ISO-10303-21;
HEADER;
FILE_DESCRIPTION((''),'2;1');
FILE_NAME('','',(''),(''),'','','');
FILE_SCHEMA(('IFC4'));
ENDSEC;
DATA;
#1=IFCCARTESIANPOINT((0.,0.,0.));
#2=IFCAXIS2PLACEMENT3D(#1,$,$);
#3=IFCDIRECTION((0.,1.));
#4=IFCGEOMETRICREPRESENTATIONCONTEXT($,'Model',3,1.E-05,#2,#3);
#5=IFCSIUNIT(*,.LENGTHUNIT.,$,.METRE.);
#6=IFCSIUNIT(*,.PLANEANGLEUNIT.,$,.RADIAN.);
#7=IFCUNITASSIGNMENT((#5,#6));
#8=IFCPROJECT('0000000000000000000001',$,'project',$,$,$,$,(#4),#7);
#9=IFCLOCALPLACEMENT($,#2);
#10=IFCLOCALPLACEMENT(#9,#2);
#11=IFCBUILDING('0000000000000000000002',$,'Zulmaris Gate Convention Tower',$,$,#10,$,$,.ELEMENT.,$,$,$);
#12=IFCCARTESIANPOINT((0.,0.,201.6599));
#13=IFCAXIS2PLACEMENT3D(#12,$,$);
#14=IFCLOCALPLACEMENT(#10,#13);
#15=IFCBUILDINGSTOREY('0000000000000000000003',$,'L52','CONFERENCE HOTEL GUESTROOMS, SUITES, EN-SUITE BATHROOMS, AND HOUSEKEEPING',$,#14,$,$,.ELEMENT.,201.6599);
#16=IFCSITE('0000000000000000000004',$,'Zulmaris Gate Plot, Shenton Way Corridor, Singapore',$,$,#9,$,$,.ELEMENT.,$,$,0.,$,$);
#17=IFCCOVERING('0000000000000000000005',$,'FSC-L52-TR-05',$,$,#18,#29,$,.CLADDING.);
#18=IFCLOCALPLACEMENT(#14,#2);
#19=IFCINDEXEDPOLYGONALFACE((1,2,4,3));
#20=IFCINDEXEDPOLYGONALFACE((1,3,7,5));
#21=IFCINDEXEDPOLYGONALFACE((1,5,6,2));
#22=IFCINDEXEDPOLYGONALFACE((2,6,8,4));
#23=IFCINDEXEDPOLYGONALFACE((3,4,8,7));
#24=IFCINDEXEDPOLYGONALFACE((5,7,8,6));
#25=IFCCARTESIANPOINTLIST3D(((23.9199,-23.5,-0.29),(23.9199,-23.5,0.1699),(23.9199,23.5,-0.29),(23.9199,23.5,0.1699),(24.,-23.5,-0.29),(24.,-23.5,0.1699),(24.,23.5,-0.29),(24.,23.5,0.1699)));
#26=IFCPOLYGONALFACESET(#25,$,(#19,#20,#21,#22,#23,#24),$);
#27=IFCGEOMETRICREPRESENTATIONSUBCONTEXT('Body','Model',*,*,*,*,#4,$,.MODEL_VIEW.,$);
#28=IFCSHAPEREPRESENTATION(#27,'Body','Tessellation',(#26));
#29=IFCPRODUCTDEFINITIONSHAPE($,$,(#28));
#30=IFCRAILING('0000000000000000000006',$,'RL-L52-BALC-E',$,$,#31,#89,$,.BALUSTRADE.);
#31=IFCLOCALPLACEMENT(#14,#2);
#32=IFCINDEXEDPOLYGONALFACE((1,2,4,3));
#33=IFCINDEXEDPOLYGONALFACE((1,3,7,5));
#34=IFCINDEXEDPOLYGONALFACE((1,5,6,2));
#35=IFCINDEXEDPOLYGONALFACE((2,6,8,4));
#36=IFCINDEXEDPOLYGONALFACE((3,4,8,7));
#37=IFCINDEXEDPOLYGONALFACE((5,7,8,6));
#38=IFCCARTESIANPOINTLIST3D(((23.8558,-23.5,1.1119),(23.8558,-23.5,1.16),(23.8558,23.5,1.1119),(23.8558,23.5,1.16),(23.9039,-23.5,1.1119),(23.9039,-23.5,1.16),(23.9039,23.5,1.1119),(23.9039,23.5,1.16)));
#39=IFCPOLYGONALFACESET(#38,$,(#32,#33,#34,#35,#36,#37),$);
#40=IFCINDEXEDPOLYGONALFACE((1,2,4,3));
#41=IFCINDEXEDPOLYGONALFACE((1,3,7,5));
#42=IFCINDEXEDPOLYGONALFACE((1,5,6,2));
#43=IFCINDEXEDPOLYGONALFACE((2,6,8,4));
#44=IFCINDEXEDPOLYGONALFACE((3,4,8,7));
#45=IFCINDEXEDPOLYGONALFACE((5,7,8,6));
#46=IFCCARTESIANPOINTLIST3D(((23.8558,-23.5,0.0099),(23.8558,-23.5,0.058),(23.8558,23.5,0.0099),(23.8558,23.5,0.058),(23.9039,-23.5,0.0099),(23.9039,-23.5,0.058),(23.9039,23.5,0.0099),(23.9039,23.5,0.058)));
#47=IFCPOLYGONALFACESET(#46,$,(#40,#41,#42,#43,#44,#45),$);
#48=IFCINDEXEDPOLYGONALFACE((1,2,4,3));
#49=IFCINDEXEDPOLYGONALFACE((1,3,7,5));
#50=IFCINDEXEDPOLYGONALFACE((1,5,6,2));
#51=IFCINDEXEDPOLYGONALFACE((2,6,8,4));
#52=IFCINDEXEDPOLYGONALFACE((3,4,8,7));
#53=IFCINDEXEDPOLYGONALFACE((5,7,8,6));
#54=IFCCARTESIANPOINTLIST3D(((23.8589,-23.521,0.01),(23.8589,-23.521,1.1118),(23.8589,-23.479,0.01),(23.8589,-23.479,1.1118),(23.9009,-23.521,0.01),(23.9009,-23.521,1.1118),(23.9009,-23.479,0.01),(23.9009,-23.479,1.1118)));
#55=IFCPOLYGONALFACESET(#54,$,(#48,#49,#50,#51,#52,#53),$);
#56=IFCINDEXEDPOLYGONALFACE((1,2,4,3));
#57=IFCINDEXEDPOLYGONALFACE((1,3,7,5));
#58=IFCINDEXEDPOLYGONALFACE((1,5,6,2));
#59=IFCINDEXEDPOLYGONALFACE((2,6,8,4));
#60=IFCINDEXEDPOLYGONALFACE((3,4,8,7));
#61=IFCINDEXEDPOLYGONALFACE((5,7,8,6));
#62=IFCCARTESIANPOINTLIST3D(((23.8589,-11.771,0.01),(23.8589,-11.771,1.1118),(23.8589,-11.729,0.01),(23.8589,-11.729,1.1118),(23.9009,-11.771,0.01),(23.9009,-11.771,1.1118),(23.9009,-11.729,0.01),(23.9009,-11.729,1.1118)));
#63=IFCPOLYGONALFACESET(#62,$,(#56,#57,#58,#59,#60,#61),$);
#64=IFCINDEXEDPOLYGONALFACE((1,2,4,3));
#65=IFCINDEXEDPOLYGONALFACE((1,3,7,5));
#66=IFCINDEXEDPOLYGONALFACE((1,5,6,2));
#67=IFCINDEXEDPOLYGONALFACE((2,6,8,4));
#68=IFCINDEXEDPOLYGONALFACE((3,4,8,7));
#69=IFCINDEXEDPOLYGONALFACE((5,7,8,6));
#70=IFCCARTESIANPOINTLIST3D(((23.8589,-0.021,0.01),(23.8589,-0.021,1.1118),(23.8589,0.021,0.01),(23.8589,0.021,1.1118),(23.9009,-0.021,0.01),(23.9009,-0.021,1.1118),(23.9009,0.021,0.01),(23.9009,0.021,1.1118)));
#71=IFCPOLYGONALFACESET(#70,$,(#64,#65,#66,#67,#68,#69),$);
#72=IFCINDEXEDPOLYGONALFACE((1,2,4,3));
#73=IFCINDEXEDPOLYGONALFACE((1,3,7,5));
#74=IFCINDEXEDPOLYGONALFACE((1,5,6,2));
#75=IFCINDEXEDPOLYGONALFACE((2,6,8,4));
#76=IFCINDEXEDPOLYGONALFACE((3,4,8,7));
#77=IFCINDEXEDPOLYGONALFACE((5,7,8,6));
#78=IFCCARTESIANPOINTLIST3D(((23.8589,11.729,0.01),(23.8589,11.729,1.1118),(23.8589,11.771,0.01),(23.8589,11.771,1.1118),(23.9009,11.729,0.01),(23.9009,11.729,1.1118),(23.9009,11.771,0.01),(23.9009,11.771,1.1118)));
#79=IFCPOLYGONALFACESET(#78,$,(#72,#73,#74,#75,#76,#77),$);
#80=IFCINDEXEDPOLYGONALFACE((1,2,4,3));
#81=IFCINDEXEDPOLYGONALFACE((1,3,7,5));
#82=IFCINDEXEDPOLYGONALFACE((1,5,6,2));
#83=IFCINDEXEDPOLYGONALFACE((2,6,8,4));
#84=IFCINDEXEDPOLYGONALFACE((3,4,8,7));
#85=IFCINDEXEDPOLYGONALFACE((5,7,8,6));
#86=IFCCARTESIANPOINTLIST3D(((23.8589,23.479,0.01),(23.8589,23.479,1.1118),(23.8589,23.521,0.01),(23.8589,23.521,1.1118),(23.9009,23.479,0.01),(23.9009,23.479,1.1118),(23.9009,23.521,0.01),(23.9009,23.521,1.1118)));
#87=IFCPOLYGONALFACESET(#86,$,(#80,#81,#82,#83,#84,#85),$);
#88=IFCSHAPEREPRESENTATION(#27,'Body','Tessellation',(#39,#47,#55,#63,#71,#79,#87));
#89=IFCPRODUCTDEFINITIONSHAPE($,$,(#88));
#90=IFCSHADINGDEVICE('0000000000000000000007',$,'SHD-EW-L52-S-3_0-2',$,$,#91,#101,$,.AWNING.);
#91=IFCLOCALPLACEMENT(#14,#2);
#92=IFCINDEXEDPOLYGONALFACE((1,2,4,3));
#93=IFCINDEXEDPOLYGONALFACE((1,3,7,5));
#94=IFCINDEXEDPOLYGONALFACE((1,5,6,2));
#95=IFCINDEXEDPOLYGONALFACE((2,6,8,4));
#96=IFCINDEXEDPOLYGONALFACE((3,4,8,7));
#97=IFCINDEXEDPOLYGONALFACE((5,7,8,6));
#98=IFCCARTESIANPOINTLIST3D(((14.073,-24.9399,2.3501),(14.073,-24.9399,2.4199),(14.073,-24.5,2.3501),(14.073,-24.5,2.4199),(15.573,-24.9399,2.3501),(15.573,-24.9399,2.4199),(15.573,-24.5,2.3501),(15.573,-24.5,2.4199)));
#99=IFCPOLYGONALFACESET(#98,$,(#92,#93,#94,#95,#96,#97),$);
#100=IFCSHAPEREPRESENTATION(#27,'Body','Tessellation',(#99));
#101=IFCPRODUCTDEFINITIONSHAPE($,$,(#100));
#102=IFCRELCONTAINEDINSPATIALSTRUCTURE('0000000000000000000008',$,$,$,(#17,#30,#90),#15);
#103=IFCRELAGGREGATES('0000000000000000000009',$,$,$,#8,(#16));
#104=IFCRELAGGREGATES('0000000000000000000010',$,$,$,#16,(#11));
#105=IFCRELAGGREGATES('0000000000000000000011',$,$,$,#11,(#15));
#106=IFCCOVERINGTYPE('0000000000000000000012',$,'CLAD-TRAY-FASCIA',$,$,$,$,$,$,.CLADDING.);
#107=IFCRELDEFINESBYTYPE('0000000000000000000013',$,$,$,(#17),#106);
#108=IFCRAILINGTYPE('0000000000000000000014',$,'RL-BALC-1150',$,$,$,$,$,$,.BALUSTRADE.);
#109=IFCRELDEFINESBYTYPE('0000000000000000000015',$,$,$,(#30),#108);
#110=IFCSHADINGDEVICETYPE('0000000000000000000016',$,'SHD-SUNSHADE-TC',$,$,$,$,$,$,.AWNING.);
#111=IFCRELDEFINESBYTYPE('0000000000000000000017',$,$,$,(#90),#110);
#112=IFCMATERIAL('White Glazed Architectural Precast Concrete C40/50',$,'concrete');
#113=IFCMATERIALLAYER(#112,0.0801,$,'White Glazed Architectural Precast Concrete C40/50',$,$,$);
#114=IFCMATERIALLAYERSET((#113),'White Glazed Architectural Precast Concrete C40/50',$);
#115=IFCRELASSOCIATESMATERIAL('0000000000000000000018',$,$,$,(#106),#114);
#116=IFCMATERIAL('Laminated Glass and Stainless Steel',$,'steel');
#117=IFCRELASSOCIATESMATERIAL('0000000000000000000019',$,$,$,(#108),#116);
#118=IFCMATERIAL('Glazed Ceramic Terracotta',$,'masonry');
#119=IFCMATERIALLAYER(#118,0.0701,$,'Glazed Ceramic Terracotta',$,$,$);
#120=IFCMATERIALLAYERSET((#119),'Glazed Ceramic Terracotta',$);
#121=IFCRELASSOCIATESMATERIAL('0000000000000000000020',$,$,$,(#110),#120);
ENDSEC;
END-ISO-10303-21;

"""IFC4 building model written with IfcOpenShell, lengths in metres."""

from ifc_helpers import new_model, si_unit, direction, frame, frame_2d, origin, origin_2d, place, context, subcontext, project, spatial, rectangle, extrude, material, layer, layer_set, type_object, element, save


model = new_model("IFC4")

# Units and contexts
model_context = context("Model", 3, precision=1e-05, world=origin(), true_north=direction((0.0, 1.0)))
body_context = subcontext(model_context, "Body", "Model", "MODEL_VIEW")
ifc_project = project(units=[si_unit("LENGTHUNIT", "METRE"), si_unit("PLANEANGLEUNIT", "RADIAN")], contexts=[model_context])

# Site, building, storey
site_placement = place(None, origin())
site = spatial("IfcSite", under=ifc_project, at=site_placement, Name="Zulmaris Gate Plot, Shenton Way Corridor, Singapore", CompositionType="ELEMENT", RefElevation=0.0)
building_placement = place(site_placement, origin())
building = spatial("IfcBuilding", under=site, at=building_placement, Name="Zulmaris Gate Convention Tower", CompositionType="ELEMENT")
storey_placement = place(building_placement, frame((0.0, 0.0, 201.6599)))
storey = spatial("IfcBuildingStorey", under=building, at=storey_placement, Name="L52", Description="CONFERENCE HOTEL GUESTROOMS, SUITES, EN-SUITE BATHROOMS, AND HOUSEKEEPING", CompositionType="ELEMENT", Elevation=201.6599)

# Covering
ifc_material_1 = material(Name="White Glazed Architectural Precast Concrete C40/50", Category="concrete")
ifc_layer_1 = layer(ifc_material_1, 0.0801, Name="White Glazed Architectural Precast Concrete C40/50")
ifc_layer_set_1 = layer_set([ifc_layer_1], Name="White Glazed Architectural Precast Concrete C40/50")
covering_type_1 = type_object("IfcCoveringType", Name="CLAD-TRAY-FASCIA", PredefinedType="CLADDING", material=ifc_layer_set_1)
covering_1_placement = place(storey_placement, frame((23.96, -23.5, -0.29), z_axis=(0.0, 0.0, 1.0), x_axis=(0.0, 1.0, 0.0)))
element("IfcCovering", 1, at=covering_1_placement, inside=storey, type_object=covering_type_1, Name="FSC-L52-TR-05", PredefinedType="CLADDING", context=body_context, shape_type="SweptSolid", body=[
    extrude(rectangle(XDim=47.0, YDim=0.0801, at=frame_2d((23.5, 0.0))), origin(), (0.0, 0.0, 1.0), 0.46),
])

# Railing
ifc_material_2 = material(Name="Laminated Glass and Stainless Steel", Category="steel")
railing_type = type_object("IfcRailingType", Name="RL-BALC-1150", PredefinedType="BALUSTRADE", material=ifc_material_2)
railing_placement = place(storey_placement, frame((23.8799, -23.5, 0.01)))
element("IfcRailing", 2, at=railing_placement, inside=storey, type_object=railing_type, Name="RL-L52-BALC-E", PredefinedType="BALUSTRADE", context=body_context, shape_type="SweptSolid", body=[
    extrude(rectangle(XDim=0.0481, YDim=0.0481, at=origin_2d()), frame((0.0, 0.0, 1.126), z_axis=(0.0, 1.0, 0.0), x_axis=(-1.0, 0.0, 0.0)), (0.0, 0.0, 1.0), 47.0),
    extrude(rectangle(XDim=0.0481, YDim=0.0481, at=origin_2d()), frame((0.0, 0.0, 0.0239), z_axis=(0.0, 1.0, 0.0), x_axis=(-1.0, 0.0, 0.0)), (0.0, 0.0, 1.0), 47.0),
    extrude(rectangle(XDim=0.042, YDim=0.042, at=origin_2d()), origin(), (0.0, 0.0, 1.0), 1.1018),
    extrude(rectangle(XDim=0.042, YDim=0.042, at=origin_2d()), frame((0.0, 11.75, 0.0)), (0.0, 0.0, 1.0), 1.1018),
    extrude(rectangle(XDim=0.042, YDim=0.042, at=origin_2d()), frame((0.0, 23.5, 0.0)), (0.0, 0.0, 1.0), 1.1018),
    extrude(rectangle(XDim=0.042, YDim=0.042, at=origin_2d()), frame((0.0, 35.25, 0.0)), (0.0, 0.0, 1.0), 1.1018),
    extrude(rectangle(XDim=0.042, YDim=0.042, at=origin_2d()), frame((0.0, 47.0, 0.0)), (0.0, 0.0, 1.0), 1.1018),
])

# Shading device
ifc_material_3 = material(Name="Glazed Ceramic Terracotta", Category="masonry")
ifc_layer_2 = layer(ifc_material_3, 0.0701, Name="Glazed Ceramic Terracotta")
ifc_layer_set_2 = layer_set([ifc_layer_2], Name="Glazed Ceramic Terracotta")
shading_device_type = type_object("IfcShadingDeviceType", Name="SHD-SUNSHADE-TC", PredefinedType="AWNING", material=ifc_layer_set_2)
shading_device_placement = place(storey_placement, frame((14.073, -24.72, 2.3501), z_axis=(0.0, 0.0, 1.0), x_axis=(1.0, 0.0, 0.0)))
element("IfcShadingDevice", 3, at=shading_device_placement, inside=storey, type_object=shading_device_type, Name="SHD-EW-L52-S-3_0-2", PredefinedType="AWNING", context=body_context, shape_type="SweptSolid", body=[
    extrude(rectangle(XDim=1.5, YDim=0.4399, at=frame_2d((0.75, 0.0))), origin(), (0.0, 0.0, 1.0), 0.0698),
])

save(model, "model.ifc")
